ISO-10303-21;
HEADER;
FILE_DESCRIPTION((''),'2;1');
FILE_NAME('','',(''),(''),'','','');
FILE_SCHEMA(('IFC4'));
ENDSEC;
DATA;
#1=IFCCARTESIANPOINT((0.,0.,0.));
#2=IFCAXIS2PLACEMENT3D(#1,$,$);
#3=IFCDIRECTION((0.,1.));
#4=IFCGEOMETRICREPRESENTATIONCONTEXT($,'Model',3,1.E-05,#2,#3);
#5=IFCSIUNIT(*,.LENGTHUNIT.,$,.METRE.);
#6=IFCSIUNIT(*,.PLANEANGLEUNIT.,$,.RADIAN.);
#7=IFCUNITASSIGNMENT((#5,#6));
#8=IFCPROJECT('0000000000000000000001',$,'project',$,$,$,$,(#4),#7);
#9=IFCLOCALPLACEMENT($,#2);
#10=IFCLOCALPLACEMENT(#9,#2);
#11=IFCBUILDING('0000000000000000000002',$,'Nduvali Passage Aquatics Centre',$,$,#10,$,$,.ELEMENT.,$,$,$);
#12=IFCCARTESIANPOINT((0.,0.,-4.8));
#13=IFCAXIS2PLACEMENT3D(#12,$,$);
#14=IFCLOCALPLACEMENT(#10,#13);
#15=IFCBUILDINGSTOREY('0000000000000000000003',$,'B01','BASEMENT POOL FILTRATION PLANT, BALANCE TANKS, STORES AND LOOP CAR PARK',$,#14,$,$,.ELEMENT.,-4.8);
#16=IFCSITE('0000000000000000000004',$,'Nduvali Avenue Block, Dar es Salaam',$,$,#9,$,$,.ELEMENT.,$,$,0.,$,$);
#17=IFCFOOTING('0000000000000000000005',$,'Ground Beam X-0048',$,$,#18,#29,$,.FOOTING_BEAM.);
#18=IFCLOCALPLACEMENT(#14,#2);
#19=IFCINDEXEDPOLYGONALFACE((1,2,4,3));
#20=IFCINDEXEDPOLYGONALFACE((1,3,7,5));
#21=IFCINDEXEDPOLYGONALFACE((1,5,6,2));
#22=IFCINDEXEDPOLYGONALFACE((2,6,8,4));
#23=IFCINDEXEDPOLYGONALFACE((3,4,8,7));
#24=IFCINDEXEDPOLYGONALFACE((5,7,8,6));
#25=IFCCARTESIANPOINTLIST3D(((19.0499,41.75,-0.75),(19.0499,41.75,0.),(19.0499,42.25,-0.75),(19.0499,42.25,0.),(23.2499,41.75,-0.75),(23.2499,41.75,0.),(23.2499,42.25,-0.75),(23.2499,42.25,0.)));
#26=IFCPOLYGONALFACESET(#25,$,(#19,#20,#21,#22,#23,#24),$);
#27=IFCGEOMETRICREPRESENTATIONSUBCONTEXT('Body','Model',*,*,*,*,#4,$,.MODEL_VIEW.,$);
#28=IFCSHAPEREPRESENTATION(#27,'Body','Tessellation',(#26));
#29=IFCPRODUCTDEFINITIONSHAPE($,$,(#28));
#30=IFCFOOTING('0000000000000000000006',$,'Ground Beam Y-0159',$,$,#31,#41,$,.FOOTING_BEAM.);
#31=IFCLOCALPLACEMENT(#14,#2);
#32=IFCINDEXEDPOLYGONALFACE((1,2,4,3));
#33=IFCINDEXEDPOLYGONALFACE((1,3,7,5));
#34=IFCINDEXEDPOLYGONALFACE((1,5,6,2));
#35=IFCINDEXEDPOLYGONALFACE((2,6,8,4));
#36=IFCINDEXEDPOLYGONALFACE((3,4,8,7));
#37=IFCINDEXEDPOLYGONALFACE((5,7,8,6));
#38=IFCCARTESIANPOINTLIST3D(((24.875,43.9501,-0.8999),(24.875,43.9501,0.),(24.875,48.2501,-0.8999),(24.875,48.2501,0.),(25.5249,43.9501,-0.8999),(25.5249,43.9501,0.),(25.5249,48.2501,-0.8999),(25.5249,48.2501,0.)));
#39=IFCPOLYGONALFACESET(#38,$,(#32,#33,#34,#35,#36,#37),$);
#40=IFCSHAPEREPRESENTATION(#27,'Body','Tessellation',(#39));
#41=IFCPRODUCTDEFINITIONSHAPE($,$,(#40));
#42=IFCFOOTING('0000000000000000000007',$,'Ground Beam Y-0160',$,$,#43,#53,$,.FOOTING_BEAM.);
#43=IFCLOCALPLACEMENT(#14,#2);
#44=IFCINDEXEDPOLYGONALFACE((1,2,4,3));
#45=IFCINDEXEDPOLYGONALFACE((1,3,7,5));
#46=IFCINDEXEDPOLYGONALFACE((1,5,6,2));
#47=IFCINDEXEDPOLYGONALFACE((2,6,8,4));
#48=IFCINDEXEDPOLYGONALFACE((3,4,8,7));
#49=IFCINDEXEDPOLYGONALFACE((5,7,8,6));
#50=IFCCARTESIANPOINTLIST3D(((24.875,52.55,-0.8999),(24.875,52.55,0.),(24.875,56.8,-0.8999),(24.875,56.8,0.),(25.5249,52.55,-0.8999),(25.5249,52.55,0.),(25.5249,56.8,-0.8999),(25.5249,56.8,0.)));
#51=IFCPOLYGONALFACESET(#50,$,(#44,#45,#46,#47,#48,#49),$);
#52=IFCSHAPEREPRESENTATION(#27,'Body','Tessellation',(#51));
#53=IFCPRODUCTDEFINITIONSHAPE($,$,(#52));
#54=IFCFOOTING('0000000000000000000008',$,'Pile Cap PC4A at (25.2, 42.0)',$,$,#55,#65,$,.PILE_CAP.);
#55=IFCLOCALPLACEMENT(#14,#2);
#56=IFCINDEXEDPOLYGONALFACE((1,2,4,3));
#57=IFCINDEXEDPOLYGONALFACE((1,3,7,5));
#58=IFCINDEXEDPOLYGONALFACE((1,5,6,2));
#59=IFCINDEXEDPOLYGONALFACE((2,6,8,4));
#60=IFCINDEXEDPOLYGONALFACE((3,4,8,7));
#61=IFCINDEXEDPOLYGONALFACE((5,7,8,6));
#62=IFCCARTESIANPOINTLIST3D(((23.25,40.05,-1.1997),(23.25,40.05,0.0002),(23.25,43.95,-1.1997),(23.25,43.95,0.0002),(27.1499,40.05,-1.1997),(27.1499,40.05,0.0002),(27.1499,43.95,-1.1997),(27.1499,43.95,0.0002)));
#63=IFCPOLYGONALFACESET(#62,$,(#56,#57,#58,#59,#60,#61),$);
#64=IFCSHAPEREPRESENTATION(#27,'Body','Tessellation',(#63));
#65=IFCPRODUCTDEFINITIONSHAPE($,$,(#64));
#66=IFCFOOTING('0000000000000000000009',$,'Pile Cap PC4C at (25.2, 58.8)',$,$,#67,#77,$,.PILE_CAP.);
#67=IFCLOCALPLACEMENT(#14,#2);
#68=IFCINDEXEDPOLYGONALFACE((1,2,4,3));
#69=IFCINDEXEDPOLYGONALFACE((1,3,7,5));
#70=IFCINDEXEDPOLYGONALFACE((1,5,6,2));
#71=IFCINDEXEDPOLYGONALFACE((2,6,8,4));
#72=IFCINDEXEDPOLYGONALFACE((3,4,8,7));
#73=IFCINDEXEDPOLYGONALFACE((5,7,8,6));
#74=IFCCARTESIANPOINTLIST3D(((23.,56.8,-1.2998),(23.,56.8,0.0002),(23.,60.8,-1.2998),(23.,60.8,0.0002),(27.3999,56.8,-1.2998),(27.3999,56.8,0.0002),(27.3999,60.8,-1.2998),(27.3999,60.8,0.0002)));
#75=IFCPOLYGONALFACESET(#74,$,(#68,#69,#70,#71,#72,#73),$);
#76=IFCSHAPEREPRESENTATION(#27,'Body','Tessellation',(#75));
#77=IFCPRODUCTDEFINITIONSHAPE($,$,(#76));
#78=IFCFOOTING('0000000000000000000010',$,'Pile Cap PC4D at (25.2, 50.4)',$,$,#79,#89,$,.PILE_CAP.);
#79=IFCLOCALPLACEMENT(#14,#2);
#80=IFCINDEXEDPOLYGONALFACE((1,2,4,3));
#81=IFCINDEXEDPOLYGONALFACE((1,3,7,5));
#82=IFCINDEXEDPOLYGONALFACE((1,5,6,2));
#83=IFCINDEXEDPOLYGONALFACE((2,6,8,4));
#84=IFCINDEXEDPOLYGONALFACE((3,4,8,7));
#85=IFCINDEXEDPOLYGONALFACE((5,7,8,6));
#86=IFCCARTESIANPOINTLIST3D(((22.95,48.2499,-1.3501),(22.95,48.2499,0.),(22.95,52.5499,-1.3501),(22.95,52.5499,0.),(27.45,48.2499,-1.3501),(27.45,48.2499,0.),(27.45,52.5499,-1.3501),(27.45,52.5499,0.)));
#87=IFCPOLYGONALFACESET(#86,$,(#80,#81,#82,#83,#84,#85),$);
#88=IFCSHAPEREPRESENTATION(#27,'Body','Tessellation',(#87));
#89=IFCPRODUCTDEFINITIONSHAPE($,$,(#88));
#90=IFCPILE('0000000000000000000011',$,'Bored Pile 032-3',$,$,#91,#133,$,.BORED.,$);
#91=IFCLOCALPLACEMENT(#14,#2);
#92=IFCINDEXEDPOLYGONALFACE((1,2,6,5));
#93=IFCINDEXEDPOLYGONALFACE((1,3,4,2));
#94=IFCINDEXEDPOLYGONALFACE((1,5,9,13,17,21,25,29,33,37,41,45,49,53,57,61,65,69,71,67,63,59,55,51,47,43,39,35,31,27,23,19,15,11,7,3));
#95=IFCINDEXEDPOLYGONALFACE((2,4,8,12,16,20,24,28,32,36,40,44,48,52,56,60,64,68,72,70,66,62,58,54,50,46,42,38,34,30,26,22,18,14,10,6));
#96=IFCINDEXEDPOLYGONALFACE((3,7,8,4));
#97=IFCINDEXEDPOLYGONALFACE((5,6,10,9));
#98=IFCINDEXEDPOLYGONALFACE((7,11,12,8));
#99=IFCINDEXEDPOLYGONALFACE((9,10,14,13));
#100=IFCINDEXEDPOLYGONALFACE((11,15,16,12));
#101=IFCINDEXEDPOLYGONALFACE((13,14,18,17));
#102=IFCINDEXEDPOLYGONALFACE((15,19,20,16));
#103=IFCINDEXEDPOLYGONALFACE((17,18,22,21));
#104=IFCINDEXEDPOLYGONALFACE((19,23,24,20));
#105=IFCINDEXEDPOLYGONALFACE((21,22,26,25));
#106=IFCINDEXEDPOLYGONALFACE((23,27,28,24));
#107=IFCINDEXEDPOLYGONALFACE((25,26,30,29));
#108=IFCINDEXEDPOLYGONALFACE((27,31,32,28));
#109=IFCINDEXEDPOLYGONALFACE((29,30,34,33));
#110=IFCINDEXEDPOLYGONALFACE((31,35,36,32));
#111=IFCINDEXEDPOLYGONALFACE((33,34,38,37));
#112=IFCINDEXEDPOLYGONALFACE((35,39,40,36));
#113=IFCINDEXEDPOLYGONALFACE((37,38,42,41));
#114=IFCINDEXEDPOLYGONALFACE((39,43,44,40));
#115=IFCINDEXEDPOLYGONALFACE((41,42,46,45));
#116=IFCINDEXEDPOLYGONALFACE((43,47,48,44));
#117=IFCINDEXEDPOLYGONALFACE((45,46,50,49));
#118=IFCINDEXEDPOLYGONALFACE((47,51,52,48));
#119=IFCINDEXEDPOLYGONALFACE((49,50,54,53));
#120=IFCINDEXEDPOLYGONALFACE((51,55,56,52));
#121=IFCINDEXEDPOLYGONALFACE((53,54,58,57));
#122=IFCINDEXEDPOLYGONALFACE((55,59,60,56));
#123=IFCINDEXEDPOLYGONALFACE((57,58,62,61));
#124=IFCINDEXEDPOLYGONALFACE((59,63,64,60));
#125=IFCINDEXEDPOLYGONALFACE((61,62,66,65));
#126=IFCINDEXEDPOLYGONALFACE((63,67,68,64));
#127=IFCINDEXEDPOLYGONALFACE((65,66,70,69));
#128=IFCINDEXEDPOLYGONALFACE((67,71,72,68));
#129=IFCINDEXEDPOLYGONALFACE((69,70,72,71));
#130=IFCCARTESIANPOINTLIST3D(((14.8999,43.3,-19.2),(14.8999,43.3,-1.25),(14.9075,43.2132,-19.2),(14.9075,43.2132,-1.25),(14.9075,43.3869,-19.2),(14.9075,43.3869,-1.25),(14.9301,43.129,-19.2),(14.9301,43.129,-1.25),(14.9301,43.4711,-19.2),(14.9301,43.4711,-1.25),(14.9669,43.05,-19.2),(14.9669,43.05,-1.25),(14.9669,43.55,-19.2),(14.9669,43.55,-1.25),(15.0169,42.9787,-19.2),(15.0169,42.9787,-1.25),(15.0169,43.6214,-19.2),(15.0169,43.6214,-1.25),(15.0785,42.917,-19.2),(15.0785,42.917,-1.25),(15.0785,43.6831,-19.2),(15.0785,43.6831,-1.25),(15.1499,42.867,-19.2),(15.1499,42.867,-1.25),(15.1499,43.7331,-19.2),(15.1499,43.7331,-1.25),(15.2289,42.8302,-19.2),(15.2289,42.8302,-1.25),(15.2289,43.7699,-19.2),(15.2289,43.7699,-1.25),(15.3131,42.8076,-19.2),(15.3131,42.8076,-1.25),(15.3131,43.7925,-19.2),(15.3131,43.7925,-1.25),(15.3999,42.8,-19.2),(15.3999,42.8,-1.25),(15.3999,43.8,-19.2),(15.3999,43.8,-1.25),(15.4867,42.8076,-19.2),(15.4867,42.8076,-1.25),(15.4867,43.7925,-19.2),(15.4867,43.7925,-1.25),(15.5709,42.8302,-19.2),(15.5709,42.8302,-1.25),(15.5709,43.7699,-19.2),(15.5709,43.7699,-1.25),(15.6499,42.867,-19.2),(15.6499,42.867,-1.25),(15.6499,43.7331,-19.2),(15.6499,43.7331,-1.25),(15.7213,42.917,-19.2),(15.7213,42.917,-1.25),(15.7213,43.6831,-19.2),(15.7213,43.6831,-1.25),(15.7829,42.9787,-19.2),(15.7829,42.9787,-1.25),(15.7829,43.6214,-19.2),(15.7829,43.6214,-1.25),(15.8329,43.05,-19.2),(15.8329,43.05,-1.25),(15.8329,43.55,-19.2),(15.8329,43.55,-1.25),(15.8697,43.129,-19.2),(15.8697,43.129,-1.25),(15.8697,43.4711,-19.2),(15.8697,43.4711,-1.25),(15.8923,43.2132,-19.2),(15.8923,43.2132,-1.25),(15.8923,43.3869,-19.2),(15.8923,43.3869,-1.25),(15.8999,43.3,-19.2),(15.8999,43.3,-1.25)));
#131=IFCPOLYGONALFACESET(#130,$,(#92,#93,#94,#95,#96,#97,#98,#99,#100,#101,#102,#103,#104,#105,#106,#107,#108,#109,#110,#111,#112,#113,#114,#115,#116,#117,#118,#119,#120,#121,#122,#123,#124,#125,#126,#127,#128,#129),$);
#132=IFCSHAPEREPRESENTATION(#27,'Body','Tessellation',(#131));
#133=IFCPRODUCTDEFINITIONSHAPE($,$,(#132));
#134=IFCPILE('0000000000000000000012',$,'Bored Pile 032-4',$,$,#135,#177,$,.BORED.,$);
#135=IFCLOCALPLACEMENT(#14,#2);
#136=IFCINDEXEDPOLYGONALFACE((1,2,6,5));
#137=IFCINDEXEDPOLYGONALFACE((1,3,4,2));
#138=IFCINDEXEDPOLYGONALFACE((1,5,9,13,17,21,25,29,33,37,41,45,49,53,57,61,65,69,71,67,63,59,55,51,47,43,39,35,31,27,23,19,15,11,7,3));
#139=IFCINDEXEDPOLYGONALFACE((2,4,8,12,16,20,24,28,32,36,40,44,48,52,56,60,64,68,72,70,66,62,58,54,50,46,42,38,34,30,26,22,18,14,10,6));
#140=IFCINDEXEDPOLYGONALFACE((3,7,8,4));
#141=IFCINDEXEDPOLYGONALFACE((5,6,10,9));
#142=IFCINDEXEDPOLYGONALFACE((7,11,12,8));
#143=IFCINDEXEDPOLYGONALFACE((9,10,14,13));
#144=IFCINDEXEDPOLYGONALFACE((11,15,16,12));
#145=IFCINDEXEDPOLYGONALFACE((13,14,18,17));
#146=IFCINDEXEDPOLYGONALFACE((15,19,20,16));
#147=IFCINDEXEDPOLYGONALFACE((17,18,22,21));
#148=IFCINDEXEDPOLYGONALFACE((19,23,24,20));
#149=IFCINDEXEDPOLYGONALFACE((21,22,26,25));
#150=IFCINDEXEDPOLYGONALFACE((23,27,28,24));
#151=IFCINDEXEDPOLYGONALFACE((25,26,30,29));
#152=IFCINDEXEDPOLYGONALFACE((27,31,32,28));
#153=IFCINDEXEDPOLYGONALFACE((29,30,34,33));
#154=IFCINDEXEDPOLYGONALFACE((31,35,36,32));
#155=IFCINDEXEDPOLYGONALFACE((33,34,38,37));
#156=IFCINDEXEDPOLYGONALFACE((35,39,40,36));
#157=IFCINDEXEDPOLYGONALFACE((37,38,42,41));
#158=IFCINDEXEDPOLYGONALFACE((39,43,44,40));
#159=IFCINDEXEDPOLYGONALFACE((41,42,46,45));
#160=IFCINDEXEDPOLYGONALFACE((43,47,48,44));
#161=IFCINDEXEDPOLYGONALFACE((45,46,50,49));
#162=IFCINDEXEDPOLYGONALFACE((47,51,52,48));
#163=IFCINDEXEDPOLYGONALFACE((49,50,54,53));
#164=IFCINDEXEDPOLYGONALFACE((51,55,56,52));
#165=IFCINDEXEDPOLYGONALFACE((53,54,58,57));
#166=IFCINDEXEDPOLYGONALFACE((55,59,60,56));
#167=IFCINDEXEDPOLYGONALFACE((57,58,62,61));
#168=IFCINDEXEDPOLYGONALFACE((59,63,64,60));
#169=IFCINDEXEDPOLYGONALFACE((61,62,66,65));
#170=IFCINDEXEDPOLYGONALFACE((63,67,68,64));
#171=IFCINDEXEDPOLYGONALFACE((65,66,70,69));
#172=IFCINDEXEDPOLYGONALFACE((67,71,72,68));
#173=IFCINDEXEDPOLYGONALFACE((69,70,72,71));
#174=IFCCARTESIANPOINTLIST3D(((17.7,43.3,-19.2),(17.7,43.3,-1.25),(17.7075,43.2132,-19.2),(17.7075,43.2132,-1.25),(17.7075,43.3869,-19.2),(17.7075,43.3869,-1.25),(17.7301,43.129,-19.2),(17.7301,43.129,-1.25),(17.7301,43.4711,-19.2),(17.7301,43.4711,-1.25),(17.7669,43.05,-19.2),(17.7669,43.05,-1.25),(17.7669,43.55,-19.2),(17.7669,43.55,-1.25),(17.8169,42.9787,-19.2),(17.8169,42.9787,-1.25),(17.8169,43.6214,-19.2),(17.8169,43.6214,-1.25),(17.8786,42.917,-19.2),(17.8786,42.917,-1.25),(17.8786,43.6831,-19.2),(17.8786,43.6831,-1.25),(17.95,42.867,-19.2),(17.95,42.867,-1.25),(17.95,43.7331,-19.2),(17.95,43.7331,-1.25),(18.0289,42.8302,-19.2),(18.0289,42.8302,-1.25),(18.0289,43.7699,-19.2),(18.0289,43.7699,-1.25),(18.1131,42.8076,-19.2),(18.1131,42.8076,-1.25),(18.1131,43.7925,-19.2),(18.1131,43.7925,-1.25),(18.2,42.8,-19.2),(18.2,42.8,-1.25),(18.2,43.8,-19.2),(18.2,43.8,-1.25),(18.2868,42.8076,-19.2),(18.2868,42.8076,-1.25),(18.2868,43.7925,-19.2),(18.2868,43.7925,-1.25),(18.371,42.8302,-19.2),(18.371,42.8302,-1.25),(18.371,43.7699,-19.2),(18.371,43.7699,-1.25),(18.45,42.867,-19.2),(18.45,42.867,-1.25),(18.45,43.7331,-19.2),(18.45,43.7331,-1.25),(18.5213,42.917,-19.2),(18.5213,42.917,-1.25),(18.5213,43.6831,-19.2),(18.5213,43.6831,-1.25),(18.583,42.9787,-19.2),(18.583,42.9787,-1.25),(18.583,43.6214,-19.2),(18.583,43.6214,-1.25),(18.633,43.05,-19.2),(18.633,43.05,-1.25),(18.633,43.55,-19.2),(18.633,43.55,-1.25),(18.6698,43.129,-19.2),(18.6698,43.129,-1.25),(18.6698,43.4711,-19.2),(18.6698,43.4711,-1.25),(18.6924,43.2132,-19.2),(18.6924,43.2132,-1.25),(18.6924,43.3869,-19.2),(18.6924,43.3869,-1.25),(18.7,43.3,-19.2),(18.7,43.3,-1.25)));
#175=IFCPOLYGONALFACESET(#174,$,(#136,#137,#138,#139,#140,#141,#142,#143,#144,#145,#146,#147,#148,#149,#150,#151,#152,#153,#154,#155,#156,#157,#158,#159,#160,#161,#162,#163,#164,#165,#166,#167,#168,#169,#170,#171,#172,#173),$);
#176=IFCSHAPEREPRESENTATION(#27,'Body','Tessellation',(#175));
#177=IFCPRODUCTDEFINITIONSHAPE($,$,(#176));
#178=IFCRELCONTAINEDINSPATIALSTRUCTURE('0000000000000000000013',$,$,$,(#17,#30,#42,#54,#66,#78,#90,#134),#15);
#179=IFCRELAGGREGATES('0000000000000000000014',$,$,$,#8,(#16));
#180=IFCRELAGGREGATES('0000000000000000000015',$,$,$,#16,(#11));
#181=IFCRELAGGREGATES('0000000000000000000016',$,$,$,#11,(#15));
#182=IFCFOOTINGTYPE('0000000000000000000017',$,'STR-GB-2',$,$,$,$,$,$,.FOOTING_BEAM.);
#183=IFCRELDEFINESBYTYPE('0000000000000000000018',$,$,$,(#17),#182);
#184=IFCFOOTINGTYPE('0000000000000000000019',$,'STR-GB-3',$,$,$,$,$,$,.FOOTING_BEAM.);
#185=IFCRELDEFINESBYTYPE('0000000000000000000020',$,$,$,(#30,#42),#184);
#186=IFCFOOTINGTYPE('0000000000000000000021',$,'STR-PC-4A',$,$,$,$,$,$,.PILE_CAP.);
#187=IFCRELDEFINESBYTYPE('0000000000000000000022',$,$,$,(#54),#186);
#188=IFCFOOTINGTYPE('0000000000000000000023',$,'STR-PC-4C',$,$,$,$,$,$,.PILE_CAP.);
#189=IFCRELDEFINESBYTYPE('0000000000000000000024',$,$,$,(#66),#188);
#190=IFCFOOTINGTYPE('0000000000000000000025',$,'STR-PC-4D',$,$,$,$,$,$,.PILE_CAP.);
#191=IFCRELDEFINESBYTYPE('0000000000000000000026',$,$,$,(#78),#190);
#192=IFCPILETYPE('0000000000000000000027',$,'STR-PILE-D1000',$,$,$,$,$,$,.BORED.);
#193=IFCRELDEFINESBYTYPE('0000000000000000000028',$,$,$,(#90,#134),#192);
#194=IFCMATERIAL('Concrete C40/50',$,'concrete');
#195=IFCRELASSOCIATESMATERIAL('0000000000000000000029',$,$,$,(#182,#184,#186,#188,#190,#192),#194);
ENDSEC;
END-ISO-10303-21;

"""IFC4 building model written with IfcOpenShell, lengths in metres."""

from ifc_helpers import new_model, si_unit, direction, frame, origin, origin_2d, place, context, subcontext, project, spatial, rectangle, circle, extrude, material, material_profile, profile_set, type_object, element, save


model = new_model("IFC4")

# Units and contexts
model_context = context("Model", 3, precision=1e-05, world=origin(), true_north=direction((0.0, 1.0)))
body_context = subcontext(model_context, "Body", "Model", "MODEL_VIEW")
ifc_project = project(units=[si_unit("LENGTHUNIT", "METRE"), si_unit("PLANEANGLEUNIT", "RADIAN")], contexts=[model_context])

# Site, building, storey
site_placement = place(None, origin())
site = spatial("IfcSite", under=ifc_project, at=site_placement, Name="Nduvali Avenue Block, Dar es Salaam", CompositionType="ELEMENT", RefElevation=0.0)
building_placement = place(site_placement, origin())
building = spatial("IfcBuilding", under=site, at=building_placement, Name="Nduvali Passage Aquatics Centre", CompositionType="ELEMENT")
storey_placement = place(building_placement, frame((0.0, 0.0, -4.8)))
storey = spatial("IfcBuildingStorey", under=building, at=storey_placement, Name="B01", Description="BASEMENT POOL FILTRATION PLANT, BALANCE TANKS, STORES AND LOOP CAR PARK", CompositionType="ELEMENT", Elevation=-4.8)

# Footings
ifc_material_1 = material(Name="Concrete C40/50", Category="concrete")
footing_type_1 = type_object("IfcFootingType", Name="STR-GB-2", PredefinedType="FOOTING_BEAM", material=ifc_material_1)
footing_1_placement = place(storey_placement, frame((21.1499, 42.0, -0.75), z_axis=(0.0, 0.0, 1.0), x_axis=(1.0, 0.0, 0.0)))
element("IfcFooting", 1, at=footing_1_placement, inside=storey, type_object=footing_type_1, Name="Ground Beam X-0048", PredefinedType="FOOTING_BEAM", context=body_context, shape_type="SweptSolid", body=[
    extrude(rectangle(XDim=4.2, YDim=0.5, at=origin_2d()), origin(), (0.0, 0.0, 1.0), 0.75),
])
footing_type_2 = type_object("IfcFootingType", Name="STR-GB-3", PredefinedType="FOOTING_BEAM", material=ifc_material_1)
footing_2_placement = place(storey_placement, frame((25.2, 46.1001, -0.8999), z_axis=(0.0, 0.0, 1.0), x_axis=(0.0, 1.0, 0.0)))
element("IfcFooting", 2, at=footing_2_placement, inside=storey, type_object=footing_type_2, Name="Ground Beam Y-0159", PredefinedType="FOOTING_BEAM", context=body_context, shape_type="SweptSolid", body=[
    extrude(rectangle(XDim=4.3, YDim=0.6499, at=origin_2d()), origin(), (0.0, 0.0, 1.0), 0.8999),
])
footing_3_placement = place(storey_placement, frame((25.2, 54.675, -0.8999), z_axis=(0.0, 0.0, 1.0), x_axis=(0.0, 1.0, 0.0)))
element("IfcFooting", 3, at=footing_3_placement, inside=storey, type_object=footing_type_2, Name="Ground Beam Y-0160", PredefinedType="FOOTING_BEAM", context=body_context, shape_type="SweptSolid", body=[
    extrude(rectangle(XDim=4.25, YDim=0.6499, at=origin_2d()), origin(), (0.0, 0.0, 1.0), 0.8999),
])
footing_type_3 = type_object("IfcFootingType", Name="STR-PC-4A", PredefinedType="PILE_CAP", material=ifc_material_1)
footing_4_placement = place(storey_placement, frame((25.2, 42.0, -1.1997), z_axis=(0.0, 0.0, 1.0), x_axis=(1.0, 0.0, 0.0)))
element("IfcFooting", 4, at=footing_4_placement, inside=storey, type_object=footing_type_3, Name="Pile Cap PC4A at (25.2, 42.0)", PredefinedType="PILE_CAP", context=body_context, shape_type="SweptSolid", body=[
    extrude(rectangle(XDim=3.8999, YDim=3.8999, at=origin_2d()), origin(), (0.0, 0.0, 1.0), 1.2),
])
footing_type_4 = type_object("IfcFootingType", Name="STR-PC-4C", PredefinedType="PILE_CAP", material=ifc_material_1)
footing_5_placement = place(storey_placement, frame((25.2, 58.8, -1.2998), z_axis=(0.0, 0.0, 1.0), x_axis=(1.0, 0.0, 0.0)))
element("IfcFooting", 5, at=footing_5_placement, inside=storey, type_object=footing_type_4, Name="Pile Cap PC4C at (25.2, 58.8)", PredefinedType="PILE_CAP", context=body_context, shape_type="SweptSolid", body=[
    extrude(rectangle(XDim=4.3999, YDim=4.0, at=origin_2d()), origin(), (0.0, 0.0, 1.0), 1.3),
])
footing_type_5 = type_object("IfcFootingType", Name="STR-PC-4D", PredefinedType="PILE_CAP", material=ifc_material_1)
footing_6_placement = place(storey_placement, frame((25.2, 50.3999, -1.3501), z_axis=(0.0, 0.0, 1.0), x_axis=(1.0, 0.0, 0.0)))
element("IfcFooting", 6, at=footing_6_placement, inside=storey, type_object=footing_type_5, Name="Pile Cap PC4D at (25.2, 50.4)", PredefinedType="PILE_CAP", context=body_context, shape_type="SweptSolid", body=[
    extrude(rectangle(XDim=4.5, YDim=4.3, at=origin_2d()), origin(), (0.0, 0.0, 1.0), 1.3501),
])

# Piles
ifc_material_profile_1 = material_profile(ifc_material_1, circle(Radius=0.5, at=origin_2d()), Name="PILE D1000")
ifc_profile_set_1 = profile_set([ifc_material_profile_1], Name="Concrete C40/50")
pile_type_1 = type_object("IfcPileType", Name="STR-PILE-D1000", PredefinedType="BORED", material=ifc_profile_set_1)
for number, where, z_axis, x_axis, name in (
    (7, (15.3999, 43.3, -1.25), (0.0, 0.0, -1.0), (1.0, 0.0, 0.0), "Bored Pile 032-3"),
    (8, (18.2, 43.3, -1.25), (0.0, 0.0, -1.0), (1.0, 0.0, 0.0), "Bored Pile 032-4"),
):
    element("IfcPile", number, at=place(storey_placement, frame(where, z_axis=z_axis, x_axis=x_axis)), inside=storey, type_object=pile_type_1, Name=name, PredefinedType="BORED", context=body_context, shape_type="SweptSolid", body=[
        extrude(circle(Radius=0.5, at=origin_2d()), origin(), (0.0, 0.0, 1.0), 17.95),
    ])

save(model, "model.ifc")
